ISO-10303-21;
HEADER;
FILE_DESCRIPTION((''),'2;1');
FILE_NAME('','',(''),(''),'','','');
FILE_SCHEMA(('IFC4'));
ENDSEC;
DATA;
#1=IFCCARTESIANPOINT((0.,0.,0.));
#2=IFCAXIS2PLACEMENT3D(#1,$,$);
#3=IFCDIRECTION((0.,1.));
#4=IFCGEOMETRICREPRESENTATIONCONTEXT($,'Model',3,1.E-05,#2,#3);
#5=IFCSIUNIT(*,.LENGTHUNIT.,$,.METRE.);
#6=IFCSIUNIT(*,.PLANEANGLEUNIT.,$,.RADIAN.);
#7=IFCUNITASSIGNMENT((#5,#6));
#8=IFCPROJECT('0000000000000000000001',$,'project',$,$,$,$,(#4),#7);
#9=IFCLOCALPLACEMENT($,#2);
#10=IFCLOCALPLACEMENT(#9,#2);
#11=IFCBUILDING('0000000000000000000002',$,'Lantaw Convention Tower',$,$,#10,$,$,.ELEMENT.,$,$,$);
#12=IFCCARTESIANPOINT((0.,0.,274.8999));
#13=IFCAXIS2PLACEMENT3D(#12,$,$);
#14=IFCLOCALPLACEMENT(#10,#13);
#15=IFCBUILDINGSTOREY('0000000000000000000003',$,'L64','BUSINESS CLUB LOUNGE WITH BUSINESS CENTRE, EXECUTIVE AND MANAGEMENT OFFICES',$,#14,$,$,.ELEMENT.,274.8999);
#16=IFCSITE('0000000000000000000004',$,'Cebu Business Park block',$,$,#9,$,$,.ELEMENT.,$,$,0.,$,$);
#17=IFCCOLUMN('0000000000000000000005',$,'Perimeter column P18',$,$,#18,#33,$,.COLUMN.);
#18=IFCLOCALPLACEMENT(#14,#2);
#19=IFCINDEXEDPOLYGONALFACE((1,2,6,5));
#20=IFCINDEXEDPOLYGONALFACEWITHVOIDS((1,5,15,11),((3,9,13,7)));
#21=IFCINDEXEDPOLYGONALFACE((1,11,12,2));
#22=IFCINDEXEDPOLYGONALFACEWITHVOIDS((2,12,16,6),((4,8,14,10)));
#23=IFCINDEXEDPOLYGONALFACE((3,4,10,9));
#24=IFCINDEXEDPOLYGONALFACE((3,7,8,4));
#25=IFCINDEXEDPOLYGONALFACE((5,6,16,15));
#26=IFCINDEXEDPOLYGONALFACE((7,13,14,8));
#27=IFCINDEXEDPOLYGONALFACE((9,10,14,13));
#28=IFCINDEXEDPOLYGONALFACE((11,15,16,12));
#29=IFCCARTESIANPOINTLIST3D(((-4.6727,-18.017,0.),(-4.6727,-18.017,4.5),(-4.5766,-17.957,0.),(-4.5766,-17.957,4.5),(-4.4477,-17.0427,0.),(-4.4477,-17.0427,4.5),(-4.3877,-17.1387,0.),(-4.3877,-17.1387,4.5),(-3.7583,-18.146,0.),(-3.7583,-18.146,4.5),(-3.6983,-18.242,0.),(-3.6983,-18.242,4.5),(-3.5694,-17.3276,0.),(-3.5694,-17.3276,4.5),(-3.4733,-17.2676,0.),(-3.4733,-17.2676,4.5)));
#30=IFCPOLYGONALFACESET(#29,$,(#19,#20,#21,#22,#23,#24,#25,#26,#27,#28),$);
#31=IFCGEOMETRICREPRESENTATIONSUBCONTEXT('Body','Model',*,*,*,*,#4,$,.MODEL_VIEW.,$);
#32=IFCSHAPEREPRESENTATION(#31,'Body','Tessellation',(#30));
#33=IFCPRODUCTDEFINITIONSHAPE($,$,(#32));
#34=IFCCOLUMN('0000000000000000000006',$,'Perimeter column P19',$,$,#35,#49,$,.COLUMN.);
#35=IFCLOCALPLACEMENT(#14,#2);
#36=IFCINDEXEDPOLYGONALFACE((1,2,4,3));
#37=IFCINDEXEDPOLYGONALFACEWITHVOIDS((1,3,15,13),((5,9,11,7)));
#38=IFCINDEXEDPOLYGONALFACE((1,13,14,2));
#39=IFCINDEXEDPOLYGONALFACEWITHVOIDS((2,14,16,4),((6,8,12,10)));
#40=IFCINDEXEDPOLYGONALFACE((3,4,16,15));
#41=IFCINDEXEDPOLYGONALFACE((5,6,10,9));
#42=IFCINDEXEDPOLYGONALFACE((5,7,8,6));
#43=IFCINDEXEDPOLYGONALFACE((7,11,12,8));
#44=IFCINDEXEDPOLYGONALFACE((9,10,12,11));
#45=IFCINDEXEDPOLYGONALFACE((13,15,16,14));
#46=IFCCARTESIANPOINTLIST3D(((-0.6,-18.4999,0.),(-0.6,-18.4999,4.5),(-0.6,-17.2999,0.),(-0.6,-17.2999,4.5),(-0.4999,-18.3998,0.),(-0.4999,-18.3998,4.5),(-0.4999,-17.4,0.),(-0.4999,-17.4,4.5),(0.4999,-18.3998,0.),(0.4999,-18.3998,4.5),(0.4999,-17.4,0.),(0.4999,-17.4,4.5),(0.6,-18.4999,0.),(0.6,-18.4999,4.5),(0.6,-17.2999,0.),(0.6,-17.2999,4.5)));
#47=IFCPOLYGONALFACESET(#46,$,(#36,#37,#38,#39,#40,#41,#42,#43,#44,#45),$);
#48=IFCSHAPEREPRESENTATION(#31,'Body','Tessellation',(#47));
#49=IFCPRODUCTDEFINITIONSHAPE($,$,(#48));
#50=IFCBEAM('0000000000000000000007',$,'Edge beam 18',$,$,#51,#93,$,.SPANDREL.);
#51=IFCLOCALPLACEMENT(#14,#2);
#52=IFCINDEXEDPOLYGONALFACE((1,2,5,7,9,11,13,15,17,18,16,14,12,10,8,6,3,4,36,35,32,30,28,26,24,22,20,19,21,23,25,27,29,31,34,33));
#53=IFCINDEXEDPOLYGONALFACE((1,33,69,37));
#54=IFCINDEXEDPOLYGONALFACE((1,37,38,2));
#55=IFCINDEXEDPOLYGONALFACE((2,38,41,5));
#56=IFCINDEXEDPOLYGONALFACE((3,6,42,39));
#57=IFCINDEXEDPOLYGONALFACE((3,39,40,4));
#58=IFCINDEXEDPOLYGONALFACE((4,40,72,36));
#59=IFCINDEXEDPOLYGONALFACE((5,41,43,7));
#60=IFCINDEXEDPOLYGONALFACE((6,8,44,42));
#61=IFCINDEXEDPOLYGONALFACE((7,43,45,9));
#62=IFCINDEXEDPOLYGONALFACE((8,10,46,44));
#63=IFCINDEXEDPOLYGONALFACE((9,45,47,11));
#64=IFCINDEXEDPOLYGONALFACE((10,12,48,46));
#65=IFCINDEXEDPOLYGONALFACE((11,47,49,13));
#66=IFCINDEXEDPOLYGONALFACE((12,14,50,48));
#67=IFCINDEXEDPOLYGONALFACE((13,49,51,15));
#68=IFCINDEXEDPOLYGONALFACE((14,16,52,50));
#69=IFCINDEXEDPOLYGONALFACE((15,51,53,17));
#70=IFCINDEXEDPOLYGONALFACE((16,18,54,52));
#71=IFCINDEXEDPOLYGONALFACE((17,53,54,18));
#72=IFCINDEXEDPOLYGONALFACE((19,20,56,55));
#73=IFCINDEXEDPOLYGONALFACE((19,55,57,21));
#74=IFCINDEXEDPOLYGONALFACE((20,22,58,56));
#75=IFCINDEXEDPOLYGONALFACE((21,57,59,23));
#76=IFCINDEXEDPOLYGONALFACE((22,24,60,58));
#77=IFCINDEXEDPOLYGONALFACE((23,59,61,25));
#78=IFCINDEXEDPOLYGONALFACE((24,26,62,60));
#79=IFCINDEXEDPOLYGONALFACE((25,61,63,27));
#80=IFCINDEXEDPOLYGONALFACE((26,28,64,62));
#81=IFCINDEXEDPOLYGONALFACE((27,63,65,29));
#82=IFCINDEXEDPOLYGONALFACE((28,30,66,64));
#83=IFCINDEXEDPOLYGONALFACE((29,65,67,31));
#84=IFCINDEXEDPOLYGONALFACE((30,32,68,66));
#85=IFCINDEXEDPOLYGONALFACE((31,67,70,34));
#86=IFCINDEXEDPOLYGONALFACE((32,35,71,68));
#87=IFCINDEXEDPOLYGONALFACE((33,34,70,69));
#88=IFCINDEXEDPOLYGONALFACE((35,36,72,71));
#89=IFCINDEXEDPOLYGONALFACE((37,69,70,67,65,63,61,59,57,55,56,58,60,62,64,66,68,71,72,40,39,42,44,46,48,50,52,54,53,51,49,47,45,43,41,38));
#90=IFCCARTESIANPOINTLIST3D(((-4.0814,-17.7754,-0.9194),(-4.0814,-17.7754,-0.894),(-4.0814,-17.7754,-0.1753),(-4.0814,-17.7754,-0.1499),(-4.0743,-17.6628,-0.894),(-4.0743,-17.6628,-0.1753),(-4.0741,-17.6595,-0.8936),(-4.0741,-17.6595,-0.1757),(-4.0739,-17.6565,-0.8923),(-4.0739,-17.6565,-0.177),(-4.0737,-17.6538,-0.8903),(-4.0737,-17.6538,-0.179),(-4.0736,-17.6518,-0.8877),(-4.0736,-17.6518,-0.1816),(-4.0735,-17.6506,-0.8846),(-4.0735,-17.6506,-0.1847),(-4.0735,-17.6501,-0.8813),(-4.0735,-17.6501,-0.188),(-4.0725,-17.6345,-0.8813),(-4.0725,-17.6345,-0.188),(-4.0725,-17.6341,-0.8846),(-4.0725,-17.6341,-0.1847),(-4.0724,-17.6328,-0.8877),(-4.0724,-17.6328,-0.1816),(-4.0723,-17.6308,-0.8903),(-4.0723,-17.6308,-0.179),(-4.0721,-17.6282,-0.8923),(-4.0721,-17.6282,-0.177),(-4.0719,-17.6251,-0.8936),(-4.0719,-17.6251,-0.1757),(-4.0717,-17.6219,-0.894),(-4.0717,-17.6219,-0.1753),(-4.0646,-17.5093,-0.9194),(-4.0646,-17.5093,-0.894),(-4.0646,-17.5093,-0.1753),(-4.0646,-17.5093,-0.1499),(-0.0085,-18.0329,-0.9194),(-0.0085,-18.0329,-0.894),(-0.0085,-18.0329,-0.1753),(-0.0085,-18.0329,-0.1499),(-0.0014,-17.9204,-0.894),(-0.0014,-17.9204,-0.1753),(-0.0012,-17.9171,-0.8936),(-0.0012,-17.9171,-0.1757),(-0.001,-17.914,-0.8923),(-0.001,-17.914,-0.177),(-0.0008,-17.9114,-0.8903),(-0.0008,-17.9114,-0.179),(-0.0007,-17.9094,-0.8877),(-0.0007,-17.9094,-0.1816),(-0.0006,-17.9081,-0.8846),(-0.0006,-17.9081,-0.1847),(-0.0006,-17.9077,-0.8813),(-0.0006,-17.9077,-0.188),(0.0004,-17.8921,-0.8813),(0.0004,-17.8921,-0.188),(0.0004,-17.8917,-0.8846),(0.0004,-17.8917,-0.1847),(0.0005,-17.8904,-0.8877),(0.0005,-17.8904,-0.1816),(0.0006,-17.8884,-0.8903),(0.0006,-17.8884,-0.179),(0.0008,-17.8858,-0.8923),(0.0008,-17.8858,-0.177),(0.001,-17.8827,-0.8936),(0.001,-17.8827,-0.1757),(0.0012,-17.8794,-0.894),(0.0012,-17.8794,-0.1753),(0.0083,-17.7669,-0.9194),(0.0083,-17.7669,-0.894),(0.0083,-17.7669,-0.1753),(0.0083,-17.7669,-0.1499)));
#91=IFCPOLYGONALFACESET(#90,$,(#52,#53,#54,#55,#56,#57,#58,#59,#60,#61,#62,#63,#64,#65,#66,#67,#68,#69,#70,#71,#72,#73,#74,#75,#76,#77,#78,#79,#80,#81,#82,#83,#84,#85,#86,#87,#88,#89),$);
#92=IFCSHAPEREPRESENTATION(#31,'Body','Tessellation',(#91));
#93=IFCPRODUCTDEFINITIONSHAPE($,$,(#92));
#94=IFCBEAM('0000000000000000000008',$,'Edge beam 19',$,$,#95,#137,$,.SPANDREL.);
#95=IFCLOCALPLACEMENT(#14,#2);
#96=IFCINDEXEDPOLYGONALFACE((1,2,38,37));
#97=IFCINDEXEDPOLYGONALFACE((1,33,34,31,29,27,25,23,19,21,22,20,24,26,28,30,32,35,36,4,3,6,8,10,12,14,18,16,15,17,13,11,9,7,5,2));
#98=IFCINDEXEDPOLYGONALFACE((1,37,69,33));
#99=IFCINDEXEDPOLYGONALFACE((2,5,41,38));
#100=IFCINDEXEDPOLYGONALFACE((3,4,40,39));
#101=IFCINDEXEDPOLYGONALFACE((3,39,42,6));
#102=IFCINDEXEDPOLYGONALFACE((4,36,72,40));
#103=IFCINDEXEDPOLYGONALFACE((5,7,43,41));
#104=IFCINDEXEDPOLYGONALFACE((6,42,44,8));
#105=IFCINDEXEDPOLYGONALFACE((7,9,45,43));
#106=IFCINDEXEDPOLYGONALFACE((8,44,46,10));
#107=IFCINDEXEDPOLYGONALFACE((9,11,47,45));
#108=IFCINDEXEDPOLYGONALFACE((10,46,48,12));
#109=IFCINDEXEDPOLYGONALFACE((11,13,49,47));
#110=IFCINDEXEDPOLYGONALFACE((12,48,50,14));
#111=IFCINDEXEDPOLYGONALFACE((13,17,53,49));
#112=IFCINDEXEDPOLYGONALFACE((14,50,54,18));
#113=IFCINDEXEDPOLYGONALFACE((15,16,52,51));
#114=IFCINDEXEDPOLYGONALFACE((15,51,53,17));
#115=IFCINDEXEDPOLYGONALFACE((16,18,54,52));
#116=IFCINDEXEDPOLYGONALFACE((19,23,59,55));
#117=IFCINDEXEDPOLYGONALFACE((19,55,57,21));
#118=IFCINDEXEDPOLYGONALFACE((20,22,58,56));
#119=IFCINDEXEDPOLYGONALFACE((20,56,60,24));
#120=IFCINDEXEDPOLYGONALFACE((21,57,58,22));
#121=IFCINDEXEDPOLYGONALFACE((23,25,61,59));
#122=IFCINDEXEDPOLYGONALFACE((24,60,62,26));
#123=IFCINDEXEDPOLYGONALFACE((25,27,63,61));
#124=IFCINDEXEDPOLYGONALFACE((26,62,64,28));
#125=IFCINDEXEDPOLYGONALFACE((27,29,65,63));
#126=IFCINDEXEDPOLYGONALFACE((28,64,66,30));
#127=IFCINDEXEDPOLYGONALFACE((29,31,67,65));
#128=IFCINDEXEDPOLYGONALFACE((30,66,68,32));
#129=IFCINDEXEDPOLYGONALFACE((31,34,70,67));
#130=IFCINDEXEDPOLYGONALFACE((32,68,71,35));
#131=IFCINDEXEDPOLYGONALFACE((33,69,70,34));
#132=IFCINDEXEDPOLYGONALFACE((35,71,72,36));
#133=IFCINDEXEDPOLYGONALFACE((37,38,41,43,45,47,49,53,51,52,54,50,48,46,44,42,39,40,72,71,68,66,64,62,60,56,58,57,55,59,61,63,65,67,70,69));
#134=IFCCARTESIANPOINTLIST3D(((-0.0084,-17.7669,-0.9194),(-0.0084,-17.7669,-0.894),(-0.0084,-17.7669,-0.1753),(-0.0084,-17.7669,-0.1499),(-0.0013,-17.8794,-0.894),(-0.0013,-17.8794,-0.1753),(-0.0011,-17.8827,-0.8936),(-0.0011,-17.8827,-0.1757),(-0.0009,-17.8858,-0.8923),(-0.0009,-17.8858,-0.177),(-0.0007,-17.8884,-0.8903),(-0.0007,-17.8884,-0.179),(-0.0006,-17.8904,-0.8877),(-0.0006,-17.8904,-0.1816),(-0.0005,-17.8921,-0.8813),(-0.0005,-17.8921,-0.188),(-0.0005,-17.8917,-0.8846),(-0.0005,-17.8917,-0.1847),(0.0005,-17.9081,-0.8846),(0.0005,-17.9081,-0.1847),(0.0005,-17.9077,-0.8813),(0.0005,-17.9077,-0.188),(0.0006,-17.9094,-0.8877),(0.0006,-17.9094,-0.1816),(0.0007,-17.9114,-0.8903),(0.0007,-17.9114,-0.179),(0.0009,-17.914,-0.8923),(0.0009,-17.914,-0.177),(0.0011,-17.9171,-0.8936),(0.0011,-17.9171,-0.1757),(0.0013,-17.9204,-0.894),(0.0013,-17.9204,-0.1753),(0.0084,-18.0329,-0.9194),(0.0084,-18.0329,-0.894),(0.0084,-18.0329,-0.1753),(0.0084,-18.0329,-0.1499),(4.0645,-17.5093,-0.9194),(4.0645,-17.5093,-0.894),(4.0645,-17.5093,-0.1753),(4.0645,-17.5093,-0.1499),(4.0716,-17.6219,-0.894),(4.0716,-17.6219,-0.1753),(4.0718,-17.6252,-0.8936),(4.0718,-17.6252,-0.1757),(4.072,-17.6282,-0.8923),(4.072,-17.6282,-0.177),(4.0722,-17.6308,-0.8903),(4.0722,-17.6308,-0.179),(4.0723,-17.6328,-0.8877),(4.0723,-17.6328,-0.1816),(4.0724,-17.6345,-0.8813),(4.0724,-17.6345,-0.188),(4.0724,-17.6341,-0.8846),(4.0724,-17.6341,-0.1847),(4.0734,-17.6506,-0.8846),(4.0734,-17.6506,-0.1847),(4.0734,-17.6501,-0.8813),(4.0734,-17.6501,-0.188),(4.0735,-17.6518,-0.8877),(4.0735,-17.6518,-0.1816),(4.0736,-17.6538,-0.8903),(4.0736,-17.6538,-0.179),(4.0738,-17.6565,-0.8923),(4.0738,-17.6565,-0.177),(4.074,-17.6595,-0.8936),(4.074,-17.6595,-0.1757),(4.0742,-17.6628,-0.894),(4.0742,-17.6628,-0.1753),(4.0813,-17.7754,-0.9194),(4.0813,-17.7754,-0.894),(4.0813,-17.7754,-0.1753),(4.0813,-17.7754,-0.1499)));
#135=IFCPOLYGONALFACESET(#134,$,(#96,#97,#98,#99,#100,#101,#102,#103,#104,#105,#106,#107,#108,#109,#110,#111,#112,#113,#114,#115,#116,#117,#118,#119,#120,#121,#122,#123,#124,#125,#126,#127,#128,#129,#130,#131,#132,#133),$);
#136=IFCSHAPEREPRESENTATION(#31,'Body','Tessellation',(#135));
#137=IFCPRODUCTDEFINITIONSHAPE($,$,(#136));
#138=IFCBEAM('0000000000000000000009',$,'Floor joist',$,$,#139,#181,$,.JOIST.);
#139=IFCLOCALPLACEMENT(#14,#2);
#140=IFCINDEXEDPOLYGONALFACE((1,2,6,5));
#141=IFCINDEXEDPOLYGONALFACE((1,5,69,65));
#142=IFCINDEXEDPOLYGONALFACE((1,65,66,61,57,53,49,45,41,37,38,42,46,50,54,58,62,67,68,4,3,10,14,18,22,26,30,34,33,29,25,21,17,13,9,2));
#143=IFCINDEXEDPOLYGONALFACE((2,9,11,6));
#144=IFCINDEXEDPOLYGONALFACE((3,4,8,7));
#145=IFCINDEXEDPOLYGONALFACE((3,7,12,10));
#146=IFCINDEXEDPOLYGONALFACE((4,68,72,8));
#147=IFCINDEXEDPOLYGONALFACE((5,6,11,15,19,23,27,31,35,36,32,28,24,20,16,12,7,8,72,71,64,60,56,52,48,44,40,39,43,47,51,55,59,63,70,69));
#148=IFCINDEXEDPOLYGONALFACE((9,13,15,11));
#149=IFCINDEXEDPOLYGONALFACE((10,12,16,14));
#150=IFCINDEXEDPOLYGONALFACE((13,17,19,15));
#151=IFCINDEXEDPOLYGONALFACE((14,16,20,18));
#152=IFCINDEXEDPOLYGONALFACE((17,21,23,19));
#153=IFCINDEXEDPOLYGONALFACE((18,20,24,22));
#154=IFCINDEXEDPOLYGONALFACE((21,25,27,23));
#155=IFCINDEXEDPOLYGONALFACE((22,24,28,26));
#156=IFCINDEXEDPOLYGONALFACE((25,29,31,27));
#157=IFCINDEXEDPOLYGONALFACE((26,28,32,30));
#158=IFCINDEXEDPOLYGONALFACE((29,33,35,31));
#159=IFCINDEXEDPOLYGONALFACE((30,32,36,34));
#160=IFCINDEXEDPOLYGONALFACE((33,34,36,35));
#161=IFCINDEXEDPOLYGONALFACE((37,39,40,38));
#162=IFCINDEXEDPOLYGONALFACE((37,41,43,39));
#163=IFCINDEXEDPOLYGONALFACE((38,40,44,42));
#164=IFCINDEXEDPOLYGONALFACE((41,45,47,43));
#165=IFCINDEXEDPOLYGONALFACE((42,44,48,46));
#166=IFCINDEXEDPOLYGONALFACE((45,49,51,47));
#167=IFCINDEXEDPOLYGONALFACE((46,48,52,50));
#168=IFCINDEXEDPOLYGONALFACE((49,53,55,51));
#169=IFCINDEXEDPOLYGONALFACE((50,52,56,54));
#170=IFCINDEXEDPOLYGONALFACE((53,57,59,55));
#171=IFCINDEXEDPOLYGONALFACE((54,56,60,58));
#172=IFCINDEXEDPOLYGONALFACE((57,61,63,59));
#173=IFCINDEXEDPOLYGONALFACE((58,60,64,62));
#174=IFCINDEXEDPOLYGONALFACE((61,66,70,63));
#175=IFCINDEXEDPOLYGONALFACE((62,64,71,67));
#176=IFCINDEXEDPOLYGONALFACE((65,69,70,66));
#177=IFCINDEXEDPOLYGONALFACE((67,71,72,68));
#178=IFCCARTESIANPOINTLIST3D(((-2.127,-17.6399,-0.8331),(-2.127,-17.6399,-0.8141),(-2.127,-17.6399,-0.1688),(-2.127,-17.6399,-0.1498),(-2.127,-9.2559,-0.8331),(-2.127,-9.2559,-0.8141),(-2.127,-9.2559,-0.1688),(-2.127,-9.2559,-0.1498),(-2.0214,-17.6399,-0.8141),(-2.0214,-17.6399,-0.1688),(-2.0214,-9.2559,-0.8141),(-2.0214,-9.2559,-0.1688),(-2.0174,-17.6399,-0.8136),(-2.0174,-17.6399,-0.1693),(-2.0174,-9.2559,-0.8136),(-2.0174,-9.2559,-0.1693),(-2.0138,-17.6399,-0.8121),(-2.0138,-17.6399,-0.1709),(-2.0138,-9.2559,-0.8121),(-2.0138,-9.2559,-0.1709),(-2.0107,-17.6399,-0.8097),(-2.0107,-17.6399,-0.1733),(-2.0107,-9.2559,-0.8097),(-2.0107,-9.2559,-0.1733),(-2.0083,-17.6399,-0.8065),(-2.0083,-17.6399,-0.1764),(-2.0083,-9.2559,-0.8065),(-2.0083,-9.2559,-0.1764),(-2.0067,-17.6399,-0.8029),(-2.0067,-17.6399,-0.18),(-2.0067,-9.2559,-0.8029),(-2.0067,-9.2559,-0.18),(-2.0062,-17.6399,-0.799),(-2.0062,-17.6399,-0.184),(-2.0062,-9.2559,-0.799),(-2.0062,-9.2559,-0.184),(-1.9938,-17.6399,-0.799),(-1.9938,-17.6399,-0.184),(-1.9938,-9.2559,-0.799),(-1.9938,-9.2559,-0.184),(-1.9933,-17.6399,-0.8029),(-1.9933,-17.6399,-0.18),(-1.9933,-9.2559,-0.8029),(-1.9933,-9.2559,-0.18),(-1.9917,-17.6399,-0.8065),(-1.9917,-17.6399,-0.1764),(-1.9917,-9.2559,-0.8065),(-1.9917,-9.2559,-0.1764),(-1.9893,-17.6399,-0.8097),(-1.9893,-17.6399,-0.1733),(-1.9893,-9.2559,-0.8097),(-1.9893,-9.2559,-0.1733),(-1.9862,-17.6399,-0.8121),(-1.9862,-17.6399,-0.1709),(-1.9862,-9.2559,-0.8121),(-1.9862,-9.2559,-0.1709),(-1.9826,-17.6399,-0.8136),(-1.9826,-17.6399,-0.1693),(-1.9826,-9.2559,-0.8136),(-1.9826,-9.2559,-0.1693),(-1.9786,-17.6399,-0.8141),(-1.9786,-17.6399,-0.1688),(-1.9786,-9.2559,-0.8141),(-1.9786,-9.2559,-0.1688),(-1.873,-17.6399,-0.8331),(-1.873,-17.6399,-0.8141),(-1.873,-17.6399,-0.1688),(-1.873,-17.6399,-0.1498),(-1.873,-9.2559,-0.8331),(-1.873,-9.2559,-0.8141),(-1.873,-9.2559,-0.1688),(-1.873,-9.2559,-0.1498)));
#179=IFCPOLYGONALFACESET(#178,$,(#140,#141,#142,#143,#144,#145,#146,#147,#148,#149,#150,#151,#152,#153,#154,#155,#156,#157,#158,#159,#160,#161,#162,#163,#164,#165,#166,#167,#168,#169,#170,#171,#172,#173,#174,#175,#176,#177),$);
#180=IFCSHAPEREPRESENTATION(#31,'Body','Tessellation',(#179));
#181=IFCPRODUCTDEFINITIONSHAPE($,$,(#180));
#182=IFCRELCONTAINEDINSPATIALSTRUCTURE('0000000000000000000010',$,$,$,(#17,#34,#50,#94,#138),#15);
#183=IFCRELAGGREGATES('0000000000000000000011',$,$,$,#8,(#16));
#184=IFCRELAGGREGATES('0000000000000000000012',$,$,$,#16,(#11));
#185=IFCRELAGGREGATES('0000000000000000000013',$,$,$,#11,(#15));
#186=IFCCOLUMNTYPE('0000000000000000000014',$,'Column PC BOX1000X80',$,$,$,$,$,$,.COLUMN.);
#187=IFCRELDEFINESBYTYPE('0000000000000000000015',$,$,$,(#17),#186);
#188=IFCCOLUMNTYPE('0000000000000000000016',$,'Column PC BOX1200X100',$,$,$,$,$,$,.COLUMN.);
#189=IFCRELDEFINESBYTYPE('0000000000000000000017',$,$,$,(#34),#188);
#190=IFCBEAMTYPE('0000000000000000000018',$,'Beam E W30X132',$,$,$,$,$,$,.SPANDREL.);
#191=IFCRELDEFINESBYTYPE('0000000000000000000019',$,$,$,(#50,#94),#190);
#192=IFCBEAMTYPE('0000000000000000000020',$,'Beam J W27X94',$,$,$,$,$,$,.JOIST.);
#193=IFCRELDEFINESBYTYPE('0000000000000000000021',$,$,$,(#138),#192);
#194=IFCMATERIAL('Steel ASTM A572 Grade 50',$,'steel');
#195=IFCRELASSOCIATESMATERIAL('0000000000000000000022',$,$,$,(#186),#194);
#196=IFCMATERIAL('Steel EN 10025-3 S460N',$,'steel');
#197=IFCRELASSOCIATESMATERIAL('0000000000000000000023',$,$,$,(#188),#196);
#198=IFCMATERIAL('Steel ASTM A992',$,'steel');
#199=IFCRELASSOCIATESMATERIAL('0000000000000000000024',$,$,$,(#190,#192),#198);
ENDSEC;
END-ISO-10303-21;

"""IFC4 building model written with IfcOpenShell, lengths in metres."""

from ifc_helpers import new_model, si_unit, direction, frame, origin, origin_2d, place, context, subcontext, project, spatial, rectangle, hollow_rectangle, i_section, extrude, material, material_profile, profile_set, type_object, element, save


model = new_model("IFC4")

# Units and contexts
model_context = context("Model", 3, precision=1e-05, world=origin(), true_north=direction((0.0, 1.0)))
body_context = subcontext(model_context, "Body", "Model", "MODEL_VIEW")
ifc_project = project(units=[si_unit("LENGTHUNIT", "METRE"), si_unit("PLANEANGLEUNIT", "RADIAN")], contexts=[model_context])

# Site, building, storey
site_placement = place(None, origin())
site = spatial("IfcSite", under=ifc_project, at=site_placement, Name="Cebu Business Park block", CompositionType="ELEMENT", RefElevation=0.0)
building_placement = place(site_placement, origin())
building = spatial("IfcBuilding", under=site, at=building_placement, Name="Lantaw Convention Tower", CompositionType="ELEMENT")
storey_placement = place(building_placement, frame((0.0, 0.0, 274.8999)))
storey = spatial("IfcBuildingStorey", under=building, at=storey_placement, Name="L64", Description="BUSINESS CLUB LOUNGE WITH BUSINESS CENTRE, EXECUTIVE AND MANAGEMENT OFFICES", CompositionType="ELEMENT", Elevation=274.8999)

# Columns
ifc_material_1 = material(Name="Steel ASTM A572 Grade 50", Category="steel")
ifc_material_profile_1 = material_profile(ifc_material_1, hollow_rectangle(XDim=1.0, YDim=1.0, WallThickness=0.0801, at=origin_2d()), Name="BOX1000X80")
ifc_material_2 = material(Name="Concrete C60/75", Category="concrete")
ifc_material_profile_2 = material_profile(ifc_material_2, rectangle(XDim=0.8401, YDim=0.8401, at=origin_2d()), Name="Concrete fill of BOX1000X80")
ifc_profile_set_1 = profile_set([ifc_material_profile_1, ifc_material_profile_2], Name="Steel ASTM A572 Grade 50")
column_type_1 = type_object("IfcColumnType", Name="Column PC BOX1000X80", PredefinedType="COLUMN", material=ifc_profile_set_1)
column_1_placement = place(storey_placement, frame((-4.073, -17.6423, 0.0), z_axis=(0.0, 0.0, 1.0), x_axis=(0.224951, 0.97437, 0.0)))
element("IfcColumn", 1, at=column_1_placement, inside=storey, type_object=column_type_1, Name="Perimeter column P18", PredefinedType="COLUMN", context=body_context, shape_type="SweptSolid", body=[
    extrude(hollow_rectangle(XDim=1.0, YDim=1.0, WallThickness=0.0801, at=origin_2d()), origin(), (0.0, 0.0, 1.0), 4.5),
])
ifc_material_3 = material(Name="Steel EN 10025-3 S460N", Category="steel")
ifc_material_profile_3 = material_profile(ifc_material_3, hollow_rectangle(XDim=1.2, YDim=1.2, WallThickness=0.1001, at=origin_2d()), Name="BOX1200X100")
ifc_material_profile_4 = material_profile(ifc_material_2, rectangle(XDim=1.0, YDim=1.0, at=origin_2d()), Name="Concrete fill of BOX1200X100")
ifc_profile_set_2 = profile_set([ifc_material_profile_3, ifc_material_profile_4], Name="Steel EN 10025-3 S460N")
column_type_2 = type_object("IfcColumnType", Name="Column PC BOX1200X100", PredefinedType="COLUMN", material=ifc_profile_set_2)
column_2_placement = place(storey_placement, frame((0.0, -17.8999, 0.0), z_axis=(0.0, 0.0, 1.0), x_axis=(1.0, 0.0, 0.0)))
element("IfcColumn", 2, at=column_2_placement, inside=storey, type_object=column_type_2, Name="Perimeter column P19", PredefinedType="COLUMN", context=body_context, shape_type="SweptSolid", body=[
    extrude(hollow_rectangle(XDim=1.2, YDim=1.2, WallThickness=0.1001, at=origin_2d()), origin(), (0.0, 0.0, 1.0), 4.5),
])

# Beams
ifc_material_4 = material(Name="Steel ASTM A992", Category="steel")
ifc_material_profile_5 = material_profile(ifc_material_4, i_section(OverallWidth=0.2666, OverallDepth=0.7695, WebThickness=0.0156, FlangeThickness=0.0254, FilletRadius=0.0127, at=origin_2d()), Name="W30X132")
ifc_profile_set_3 = profile_set([ifc_material_profile_5], Name="Steel ASTM A992")
beam_type_1 = type_object("IfcBeamType", Name="Beam E W30X132", PredefinedType="SPANDREL", material=ifc_profile_set_3)
for number, where, z_axis, x_axis, name in (
    (3, (-4.073, -17.6423, -0.5347), (0.998006, -0.063112, 0.0), (0.063112, 0.998006, 0.0), "Edge beam 18"),
    (4, (0.0, -17.8999, -0.5347), (0.998006, 0.063112, 0.0), (-0.063112, 0.998006, 0.0), "Edge beam 19"),
):
    element("IfcBeam", number, at=place(storey_placement, frame(where, z_axis=z_axis, x_axis=x_axis)), inside=storey, type_object=beam_type_1, Name=name, PredefinedType="SPANDREL", context=body_context, shape_type="SweptSolid", body=[
        extrude(i_section(OverallWidth=0.2666, OverallDepth=0.7695, WebThickness=0.0156, FlangeThickness=0.0254, FilletRadius=0.0127, at=origin_2d()), origin(), (0.0, 0.0, 1.0), 4.0811),
    ])
ifc_material_profile_6 = material_profile(ifc_material_4, i_section(OverallWidth=0.2539, OverallDepth=0.6833, WebThickness=0.0125, FlangeThickness=0.019, FilletRadius=0.0151, at=origin_2d()), Name="W27X94")
ifc_profile_set_4 = profile_set([ifc_material_profile_6], Name="Steel ASTM A992")
beam_type_2 = type_object("IfcBeamType", Name="Beam J W27X94", PredefinedType="JOIST", material=ifc_profile_set_4)
beam_placement = place(storey_placement, frame((-2.0, -17.6399, -0.4915), z_axis=(0.0, 1.0, 0.0), x_axis=(-1.0, 0.0, 0.0)))
element("IfcBeam", 5, at=beam_placement, inside=storey, type_object=beam_type_2, Name="Floor joist", PredefinedType="JOIST", context=body_context, shape_type="SweptSolid", body=[
    extrude(i_section(OverallWidth=0.2539, OverallDepth=0.6833, WebThickness=0.0125, FlangeThickness=0.019, FilletRadius=0.0151, at=origin_2d()), origin(), (0.0, 0.0, 1.0), 8.384),
])

save(model, "model.ifc")
